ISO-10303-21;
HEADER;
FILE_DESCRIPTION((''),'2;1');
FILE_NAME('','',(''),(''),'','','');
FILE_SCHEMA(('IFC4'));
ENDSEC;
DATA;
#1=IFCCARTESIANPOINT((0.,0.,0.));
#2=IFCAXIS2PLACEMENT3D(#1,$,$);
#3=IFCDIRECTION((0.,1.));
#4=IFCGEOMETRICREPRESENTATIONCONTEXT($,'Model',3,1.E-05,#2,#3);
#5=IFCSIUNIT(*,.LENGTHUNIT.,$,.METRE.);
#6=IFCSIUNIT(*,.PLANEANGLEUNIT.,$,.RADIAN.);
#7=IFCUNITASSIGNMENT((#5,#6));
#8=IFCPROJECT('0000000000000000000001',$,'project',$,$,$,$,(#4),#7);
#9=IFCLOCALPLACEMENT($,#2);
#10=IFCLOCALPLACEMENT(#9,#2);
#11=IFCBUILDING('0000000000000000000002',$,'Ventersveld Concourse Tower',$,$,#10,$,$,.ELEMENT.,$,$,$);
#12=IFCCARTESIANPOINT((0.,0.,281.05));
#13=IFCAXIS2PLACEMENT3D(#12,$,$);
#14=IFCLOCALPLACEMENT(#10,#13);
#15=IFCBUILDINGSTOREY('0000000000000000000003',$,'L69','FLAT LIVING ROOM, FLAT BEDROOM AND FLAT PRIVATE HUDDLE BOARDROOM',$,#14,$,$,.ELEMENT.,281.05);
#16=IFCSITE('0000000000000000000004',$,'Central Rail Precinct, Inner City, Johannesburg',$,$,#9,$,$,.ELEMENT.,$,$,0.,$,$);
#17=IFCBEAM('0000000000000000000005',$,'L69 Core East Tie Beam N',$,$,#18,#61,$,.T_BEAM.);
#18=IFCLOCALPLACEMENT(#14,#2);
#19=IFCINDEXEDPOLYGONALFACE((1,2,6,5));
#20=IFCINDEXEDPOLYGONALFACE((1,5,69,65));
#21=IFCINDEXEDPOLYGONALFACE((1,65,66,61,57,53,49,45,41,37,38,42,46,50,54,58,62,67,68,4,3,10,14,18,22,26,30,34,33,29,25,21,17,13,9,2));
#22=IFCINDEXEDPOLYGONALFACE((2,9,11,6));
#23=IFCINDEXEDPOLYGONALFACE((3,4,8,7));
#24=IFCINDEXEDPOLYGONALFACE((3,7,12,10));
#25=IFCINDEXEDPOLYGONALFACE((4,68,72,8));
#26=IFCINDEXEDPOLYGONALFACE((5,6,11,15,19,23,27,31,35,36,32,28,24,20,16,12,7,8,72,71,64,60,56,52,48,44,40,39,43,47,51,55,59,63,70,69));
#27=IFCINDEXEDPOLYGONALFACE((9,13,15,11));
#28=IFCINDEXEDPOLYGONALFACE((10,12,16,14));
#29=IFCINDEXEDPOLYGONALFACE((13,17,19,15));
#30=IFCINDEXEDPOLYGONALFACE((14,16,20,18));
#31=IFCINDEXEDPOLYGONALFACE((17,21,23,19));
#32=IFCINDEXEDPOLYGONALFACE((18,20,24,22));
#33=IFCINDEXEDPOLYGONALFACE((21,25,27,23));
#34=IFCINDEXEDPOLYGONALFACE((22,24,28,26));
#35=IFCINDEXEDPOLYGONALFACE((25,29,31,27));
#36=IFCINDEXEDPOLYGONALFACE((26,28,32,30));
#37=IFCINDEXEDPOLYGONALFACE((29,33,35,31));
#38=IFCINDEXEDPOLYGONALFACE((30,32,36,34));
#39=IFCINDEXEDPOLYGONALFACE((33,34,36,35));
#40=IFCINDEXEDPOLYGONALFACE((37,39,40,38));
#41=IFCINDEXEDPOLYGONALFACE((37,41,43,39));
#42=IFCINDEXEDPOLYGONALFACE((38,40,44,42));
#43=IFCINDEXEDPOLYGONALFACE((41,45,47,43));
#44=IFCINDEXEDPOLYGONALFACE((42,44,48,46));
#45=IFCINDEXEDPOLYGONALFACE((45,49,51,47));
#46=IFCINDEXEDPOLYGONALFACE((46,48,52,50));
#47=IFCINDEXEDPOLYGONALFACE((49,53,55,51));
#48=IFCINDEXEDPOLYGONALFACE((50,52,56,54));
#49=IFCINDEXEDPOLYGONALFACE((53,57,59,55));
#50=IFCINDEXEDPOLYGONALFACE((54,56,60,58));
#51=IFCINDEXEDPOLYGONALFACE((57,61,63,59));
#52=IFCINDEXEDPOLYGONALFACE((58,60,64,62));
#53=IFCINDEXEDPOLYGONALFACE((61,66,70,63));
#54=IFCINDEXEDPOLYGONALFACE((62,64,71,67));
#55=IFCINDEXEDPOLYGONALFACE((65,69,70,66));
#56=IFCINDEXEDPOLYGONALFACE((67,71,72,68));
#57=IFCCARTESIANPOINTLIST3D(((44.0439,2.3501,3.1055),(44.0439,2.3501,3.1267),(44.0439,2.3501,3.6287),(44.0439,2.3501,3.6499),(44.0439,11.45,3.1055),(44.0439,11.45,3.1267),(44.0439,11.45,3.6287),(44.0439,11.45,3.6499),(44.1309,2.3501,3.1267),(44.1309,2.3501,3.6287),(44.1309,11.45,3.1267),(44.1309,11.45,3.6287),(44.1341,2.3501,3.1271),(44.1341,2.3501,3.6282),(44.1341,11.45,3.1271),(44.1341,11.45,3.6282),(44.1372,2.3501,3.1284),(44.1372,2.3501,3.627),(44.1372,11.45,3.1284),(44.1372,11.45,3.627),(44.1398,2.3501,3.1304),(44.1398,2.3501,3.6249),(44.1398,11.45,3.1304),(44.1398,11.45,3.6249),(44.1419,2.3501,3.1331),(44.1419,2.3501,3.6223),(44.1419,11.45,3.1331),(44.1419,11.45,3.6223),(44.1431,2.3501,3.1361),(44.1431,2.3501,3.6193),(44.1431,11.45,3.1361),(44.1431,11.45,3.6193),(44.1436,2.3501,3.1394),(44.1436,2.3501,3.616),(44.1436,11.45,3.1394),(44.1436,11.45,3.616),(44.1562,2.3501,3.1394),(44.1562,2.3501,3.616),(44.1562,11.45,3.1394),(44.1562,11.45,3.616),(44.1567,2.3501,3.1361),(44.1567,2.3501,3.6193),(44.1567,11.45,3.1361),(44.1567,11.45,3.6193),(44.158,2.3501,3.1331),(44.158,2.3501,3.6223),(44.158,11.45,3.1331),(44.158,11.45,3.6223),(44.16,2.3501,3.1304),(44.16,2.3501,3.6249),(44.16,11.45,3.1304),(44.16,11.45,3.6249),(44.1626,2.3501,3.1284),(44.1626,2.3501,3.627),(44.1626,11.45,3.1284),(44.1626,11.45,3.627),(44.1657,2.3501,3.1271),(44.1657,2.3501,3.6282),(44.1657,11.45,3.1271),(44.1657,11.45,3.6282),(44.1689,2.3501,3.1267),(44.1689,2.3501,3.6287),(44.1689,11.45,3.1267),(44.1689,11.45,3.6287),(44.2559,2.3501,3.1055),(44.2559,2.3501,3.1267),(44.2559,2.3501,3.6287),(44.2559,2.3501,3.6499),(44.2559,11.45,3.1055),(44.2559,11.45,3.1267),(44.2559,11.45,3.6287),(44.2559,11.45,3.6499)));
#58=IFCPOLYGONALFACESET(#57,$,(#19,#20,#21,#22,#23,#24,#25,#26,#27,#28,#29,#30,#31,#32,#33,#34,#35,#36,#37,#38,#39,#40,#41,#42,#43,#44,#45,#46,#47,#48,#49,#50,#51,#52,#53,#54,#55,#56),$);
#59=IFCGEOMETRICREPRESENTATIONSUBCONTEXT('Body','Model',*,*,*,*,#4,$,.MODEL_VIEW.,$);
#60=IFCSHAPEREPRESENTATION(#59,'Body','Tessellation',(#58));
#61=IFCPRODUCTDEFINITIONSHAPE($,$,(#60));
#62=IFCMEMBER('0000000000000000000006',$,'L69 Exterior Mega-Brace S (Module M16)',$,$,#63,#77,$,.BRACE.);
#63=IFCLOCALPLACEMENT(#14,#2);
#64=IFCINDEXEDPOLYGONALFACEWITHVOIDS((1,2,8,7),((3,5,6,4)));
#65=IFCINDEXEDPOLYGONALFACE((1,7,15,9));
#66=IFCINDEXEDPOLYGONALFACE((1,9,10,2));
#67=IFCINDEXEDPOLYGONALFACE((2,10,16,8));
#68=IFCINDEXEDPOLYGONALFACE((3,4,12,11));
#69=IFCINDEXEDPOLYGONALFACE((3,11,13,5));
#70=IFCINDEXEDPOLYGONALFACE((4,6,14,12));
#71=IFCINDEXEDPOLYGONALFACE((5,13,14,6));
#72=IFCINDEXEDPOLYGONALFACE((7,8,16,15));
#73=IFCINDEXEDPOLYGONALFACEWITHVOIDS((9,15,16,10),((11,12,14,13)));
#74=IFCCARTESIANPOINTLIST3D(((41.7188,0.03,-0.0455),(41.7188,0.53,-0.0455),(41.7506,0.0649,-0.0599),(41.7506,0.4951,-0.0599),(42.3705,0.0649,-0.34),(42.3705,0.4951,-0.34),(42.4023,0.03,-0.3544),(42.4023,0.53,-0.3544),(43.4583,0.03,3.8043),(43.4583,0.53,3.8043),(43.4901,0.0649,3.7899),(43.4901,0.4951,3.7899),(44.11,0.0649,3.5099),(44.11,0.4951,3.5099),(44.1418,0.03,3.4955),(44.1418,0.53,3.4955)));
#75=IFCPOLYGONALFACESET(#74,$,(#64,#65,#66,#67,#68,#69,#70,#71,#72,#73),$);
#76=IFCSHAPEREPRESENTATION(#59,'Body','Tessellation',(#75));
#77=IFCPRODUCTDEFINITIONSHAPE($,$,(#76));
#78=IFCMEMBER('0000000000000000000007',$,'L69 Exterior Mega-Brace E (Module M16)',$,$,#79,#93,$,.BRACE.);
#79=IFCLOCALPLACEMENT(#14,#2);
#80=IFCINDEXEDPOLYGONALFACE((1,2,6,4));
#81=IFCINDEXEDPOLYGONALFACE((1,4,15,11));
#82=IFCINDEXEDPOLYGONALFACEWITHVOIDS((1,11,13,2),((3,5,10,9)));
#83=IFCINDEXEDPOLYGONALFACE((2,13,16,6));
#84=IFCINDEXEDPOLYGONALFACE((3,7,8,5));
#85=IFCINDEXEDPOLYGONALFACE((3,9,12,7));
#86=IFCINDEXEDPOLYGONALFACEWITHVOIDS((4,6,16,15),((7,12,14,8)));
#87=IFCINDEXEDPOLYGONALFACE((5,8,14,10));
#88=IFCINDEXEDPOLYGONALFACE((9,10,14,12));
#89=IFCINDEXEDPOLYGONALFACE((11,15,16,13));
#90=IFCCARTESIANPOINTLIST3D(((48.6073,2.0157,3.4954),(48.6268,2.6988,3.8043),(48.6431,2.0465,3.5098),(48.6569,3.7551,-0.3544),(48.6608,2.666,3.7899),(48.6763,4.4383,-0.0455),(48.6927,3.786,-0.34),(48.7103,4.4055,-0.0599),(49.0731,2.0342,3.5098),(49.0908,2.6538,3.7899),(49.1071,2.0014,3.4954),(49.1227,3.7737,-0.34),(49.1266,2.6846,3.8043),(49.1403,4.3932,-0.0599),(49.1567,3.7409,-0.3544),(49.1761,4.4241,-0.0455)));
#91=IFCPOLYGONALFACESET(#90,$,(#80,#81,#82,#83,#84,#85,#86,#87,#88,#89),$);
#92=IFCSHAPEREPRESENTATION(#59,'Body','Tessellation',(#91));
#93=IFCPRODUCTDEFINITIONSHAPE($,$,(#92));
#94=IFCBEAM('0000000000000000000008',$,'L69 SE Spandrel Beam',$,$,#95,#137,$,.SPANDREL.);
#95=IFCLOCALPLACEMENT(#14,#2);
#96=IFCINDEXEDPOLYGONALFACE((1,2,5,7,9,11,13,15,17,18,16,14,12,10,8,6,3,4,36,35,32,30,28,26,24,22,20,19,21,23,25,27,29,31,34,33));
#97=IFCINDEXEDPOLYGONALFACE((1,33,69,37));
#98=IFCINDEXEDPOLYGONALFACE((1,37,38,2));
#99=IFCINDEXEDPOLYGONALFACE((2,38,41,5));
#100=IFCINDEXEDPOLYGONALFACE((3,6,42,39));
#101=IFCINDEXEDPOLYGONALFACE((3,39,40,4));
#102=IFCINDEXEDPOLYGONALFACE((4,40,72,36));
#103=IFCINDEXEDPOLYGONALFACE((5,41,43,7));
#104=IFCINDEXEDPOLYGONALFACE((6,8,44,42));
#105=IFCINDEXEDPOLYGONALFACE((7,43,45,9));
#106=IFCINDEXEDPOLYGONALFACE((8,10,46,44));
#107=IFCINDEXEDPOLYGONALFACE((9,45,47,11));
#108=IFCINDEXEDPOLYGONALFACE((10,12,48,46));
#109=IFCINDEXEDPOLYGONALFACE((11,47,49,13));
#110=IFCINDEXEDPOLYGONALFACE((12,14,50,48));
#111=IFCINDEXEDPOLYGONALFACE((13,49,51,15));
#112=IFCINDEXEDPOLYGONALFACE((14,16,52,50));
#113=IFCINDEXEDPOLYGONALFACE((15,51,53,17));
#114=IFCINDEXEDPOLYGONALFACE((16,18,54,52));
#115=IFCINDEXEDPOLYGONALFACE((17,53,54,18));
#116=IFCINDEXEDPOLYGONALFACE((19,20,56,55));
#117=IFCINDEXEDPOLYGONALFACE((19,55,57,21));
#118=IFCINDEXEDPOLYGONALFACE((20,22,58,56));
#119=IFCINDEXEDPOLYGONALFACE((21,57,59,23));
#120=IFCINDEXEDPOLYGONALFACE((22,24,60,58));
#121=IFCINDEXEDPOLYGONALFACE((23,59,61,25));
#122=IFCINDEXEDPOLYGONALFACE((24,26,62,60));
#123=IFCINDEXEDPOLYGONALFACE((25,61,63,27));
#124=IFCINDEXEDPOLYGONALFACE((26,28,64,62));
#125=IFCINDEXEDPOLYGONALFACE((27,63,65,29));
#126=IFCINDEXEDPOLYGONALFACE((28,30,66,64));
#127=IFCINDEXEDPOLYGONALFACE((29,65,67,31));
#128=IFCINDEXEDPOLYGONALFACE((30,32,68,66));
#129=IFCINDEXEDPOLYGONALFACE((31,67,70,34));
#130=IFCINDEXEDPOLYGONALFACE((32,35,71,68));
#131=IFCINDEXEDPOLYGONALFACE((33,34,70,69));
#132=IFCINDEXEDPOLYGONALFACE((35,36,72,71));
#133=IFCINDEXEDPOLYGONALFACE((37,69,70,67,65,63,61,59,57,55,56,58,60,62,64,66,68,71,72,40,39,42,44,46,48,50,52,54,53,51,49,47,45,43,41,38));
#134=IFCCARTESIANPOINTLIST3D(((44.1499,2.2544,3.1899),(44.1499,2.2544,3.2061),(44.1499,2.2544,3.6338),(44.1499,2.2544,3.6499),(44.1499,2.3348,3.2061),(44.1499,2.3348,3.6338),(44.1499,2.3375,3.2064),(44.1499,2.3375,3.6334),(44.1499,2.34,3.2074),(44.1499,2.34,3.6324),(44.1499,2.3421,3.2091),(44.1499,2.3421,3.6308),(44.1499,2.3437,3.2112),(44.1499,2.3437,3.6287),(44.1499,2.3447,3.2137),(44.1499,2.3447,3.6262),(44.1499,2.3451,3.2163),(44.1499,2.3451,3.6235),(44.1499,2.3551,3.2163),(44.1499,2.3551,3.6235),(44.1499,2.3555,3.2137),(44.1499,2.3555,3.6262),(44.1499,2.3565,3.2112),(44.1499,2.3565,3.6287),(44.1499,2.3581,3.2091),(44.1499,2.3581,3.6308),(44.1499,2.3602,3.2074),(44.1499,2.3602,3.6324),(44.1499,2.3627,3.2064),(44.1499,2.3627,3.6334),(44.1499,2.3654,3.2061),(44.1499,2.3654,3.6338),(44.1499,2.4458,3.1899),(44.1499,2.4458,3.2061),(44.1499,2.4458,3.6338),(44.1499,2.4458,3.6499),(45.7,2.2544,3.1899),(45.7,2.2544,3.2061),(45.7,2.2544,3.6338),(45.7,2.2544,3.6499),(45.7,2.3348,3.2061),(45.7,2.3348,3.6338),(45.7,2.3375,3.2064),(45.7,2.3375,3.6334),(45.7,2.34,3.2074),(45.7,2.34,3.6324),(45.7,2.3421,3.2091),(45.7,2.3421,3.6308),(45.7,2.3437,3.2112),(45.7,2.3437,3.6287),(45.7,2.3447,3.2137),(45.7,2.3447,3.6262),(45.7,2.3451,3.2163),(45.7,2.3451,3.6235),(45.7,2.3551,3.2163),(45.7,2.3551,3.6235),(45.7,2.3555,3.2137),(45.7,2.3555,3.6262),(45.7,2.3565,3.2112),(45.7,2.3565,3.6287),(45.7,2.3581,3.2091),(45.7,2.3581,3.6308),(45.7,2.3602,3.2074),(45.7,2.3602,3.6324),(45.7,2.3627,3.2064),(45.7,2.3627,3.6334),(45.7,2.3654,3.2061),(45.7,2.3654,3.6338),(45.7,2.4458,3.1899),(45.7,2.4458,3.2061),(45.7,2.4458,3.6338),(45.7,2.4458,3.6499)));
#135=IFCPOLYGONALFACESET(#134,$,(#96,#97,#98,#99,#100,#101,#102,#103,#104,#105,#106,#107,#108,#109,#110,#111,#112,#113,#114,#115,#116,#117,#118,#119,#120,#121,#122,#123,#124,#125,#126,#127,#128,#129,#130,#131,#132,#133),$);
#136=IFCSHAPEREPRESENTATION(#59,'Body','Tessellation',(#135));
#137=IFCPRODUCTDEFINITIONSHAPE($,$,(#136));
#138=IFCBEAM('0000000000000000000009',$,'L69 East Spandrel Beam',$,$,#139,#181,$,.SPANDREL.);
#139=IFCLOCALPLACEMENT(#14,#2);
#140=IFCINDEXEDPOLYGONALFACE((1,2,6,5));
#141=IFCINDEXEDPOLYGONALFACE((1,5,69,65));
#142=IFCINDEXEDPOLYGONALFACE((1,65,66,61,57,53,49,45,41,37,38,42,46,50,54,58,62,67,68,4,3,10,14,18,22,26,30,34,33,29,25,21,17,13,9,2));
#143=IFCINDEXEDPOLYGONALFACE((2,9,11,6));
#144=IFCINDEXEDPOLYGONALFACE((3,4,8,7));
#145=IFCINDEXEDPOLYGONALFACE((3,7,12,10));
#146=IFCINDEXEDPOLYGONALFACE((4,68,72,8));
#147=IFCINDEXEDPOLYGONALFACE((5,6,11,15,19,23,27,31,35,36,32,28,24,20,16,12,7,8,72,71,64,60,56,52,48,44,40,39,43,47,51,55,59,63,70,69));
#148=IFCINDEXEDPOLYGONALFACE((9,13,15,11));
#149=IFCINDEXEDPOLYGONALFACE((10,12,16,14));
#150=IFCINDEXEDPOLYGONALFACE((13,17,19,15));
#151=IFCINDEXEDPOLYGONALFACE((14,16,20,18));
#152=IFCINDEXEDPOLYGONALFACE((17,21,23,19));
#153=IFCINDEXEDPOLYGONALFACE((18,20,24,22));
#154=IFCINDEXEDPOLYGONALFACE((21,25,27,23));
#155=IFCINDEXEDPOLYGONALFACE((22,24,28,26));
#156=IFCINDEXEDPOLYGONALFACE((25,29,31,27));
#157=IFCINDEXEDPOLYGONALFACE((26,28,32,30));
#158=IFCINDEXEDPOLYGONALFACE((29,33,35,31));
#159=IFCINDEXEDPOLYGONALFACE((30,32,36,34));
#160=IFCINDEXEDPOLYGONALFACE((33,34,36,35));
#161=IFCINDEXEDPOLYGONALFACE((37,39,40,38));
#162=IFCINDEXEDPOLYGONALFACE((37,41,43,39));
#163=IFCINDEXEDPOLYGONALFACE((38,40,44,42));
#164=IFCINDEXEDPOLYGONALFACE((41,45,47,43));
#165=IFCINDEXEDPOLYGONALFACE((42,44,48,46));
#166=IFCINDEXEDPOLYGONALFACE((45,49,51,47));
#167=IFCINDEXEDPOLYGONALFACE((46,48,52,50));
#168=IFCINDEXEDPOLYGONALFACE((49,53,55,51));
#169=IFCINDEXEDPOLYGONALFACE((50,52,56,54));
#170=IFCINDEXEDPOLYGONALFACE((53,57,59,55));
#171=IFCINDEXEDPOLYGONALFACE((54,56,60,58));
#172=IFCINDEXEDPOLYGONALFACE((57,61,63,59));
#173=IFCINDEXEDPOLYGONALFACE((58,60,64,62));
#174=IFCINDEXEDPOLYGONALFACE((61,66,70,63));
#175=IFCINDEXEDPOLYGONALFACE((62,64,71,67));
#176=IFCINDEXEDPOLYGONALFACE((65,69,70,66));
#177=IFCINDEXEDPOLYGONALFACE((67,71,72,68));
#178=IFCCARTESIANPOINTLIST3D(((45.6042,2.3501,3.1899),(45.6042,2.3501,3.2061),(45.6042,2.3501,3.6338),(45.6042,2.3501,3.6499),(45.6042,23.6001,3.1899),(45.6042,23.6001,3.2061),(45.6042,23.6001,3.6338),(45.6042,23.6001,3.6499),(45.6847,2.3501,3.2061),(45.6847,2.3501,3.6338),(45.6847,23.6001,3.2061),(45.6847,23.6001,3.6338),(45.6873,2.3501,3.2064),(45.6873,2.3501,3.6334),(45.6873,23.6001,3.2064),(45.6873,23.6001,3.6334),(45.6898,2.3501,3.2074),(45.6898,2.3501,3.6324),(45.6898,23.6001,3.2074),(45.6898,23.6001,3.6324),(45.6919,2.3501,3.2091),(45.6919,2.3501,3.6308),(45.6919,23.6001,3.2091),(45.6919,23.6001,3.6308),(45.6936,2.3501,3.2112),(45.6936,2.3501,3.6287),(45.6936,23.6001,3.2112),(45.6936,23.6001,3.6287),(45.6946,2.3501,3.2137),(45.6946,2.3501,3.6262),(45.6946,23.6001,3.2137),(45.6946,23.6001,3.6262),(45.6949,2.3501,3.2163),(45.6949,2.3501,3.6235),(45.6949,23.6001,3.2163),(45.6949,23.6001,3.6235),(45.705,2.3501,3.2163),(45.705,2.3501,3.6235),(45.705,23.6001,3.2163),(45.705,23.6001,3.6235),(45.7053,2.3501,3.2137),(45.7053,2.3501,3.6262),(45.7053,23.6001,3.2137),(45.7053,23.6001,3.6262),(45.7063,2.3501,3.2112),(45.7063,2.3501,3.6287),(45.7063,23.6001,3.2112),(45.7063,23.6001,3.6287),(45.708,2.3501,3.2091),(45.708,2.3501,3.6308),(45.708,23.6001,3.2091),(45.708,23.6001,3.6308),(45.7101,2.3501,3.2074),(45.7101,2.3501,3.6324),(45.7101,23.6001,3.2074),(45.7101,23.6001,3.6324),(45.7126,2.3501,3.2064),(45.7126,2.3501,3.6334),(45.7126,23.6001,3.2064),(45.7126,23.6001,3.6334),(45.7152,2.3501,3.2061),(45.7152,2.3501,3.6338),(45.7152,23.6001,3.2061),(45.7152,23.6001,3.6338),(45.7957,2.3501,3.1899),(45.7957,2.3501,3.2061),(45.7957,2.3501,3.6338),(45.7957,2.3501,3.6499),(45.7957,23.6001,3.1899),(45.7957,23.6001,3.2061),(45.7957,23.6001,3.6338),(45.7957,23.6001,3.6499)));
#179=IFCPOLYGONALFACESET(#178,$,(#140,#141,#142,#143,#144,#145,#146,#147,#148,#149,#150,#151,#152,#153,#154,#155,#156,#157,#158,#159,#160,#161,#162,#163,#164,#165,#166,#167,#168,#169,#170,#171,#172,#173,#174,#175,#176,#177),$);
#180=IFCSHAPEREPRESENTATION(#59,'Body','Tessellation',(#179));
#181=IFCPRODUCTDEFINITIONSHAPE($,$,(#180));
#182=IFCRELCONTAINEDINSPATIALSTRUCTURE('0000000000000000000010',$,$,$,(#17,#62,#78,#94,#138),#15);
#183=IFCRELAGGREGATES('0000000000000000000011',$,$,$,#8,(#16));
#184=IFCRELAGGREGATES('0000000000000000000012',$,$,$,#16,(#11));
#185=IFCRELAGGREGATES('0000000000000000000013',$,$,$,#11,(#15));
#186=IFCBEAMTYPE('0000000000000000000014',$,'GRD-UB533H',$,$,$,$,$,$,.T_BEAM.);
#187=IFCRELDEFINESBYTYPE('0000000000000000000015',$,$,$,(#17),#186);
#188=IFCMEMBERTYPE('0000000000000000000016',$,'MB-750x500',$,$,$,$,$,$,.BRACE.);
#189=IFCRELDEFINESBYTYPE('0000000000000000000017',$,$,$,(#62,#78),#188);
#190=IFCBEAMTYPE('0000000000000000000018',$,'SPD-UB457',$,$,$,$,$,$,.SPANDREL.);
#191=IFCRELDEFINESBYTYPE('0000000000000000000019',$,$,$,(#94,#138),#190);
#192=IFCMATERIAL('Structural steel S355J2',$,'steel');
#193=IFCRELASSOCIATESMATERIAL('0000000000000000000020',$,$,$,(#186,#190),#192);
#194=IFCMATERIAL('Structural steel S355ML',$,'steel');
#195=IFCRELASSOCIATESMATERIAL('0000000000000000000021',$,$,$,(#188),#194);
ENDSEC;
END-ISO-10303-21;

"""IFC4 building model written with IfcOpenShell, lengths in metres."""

from ifc_helpers import new_model, si_unit, direction, frame, origin, origin_2d, place, context, subcontext, project, spatial, hollow_rectangle, i_section, extrude, material, material_profile, profile_set, type_object, element, save


model = new_model("IFC4")

# Units and contexts
model_context = context("Model", 3, precision=1e-05, world=origin(), true_north=direction((0.0, 1.0)))
body_context = subcontext(model_context, "Body", "Model", "MODEL_VIEW")
ifc_project = project(units=[si_unit("LENGTHUNIT", "METRE"), si_unit("PLANEANGLEUNIT", "RADIAN")], contexts=[model_context])

# Site, building, storey
site_placement = place(None, origin())
site = spatial("IfcSite", under=ifc_project, at=site_placement, Name="Central Rail Precinct, Inner City, Johannesburg", CompositionType="ELEMENT", RefElevation=0.0)
building_placement = place(site_placement, origin())
building = spatial("IfcBuilding", under=site, at=building_placement, Name="Ventersveld Concourse Tower", CompositionType="ELEMENT")
storey_placement = place(building_placement, frame((0.0, 0.0, 281.05)))
storey = spatial("IfcBuildingStorey", under=building, at=storey_placement, Name="L69", Description="FLAT LIVING ROOM, FLAT BEDROOM AND FLAT PRIVATE HUDDLE BOARDROOM", CompositionType="ELEMENT", Elevation=281.05)

# Beam
ifc_material_1 = material(Name="Structural steel S355J2", Category="steel")
ifc_material_profile_1 = material_profile(ifc_material_1, i_section(OverallWidth=0.2119, OverallDepth=0.5444, WebThickness=0.0127, FlangeThickness=0.0212, FilletRadius=0.0127, at=origin_2d()), Name="UB 533x210x122")
ifc_profile_set_1 = profile_set([ifc_material_profile_1], Name="Structural steel S355J2")
beam_type_1 = type_object("IfcBeamType", Name="GRD-UB533H", PredefinedType="T_BEAM", material=ifc_profile_set_1)
beam_1_placement = place(storey_placement, frame((44.1499, 2.3501, 3.3777), z_axis=(0.0, 1.0, 0.0), x_axis=(-1.0, 0.0, 0.0)))
element("IfcBeam", 1, at=beam_1_placement, inside=storey, type_object=beam_type_1, Name="L69 Core East Tie Beam N", PredefinedType="T_BEAM", context=body_context, shape_type="SweptSolid", body=[
    extrude(i_section(OverallWidth=0.2119, OverallDepth=0.5444, WebThickness=0.0127, FlangeThickness=0.0212, FilletRadius=0.0127, at=origin_2d()), origin(), (0.0, 0.0, 1.0), 9.0999),
])

# Members
ifc_material_2 = material(Name="Structural steel S355ML", Category="steel")
ifc_material_profile_2 = material_profile(ifc_material_2, hollow_rectangle(XDim=0.5, YDim=0.75, WallThickness=0.0349, at=origin_2d()), Name="BOX 750x500x35")
ifc_profile_set_2 = profile_set([ifc_material_profile_2], Name="Structural steel S355ML")
member_type = type_object("IfcMemberType", Name="MB-750x500", PredefinedType="BRACE", material=ifc_profile_set_2)
member_1_placement = place(storey_placement, frame((42.0605, 0.28, -0.2), z_axis=(0.411755, 0.0, 0.911294), x_axis=(0.0, 1.0, 0.0)))
element("IfcMember", 2, at=member_1_placement, inside=storey, type_object=member_type, Name="L69 Exterior Mega-Brace S (Module M16)", PredefinedType="BRACE", context=body_context, shape_type="SweptSolid", body=[
    extrude(hollow_rectangle(XDim=0.5, YDim=0.75, WallThickness=0.0349, at=origin_2d()), origin(), (0.0, 0.0, 1.0), 4.2246),
])
member_2_placement = place(storey_placement, frame((48.9165, 4.0896, -0.2), z_axis=(-0.011731, -0.411727, 0.911232), x_axis=(0.999594, -0.02848, 0.0)))
element("IfcMember", 3, at=member_2_placement, inside=storey, type_object=member_type, Name="L69 Exterior Mega-Brace E (Module M16)", PredefinedType="BRACE", context=body_context, shape_type="SweptSolid", body=[
    extrude(hollow_rectangle(XDim=0.5, YDim=0.75, WallThickness=0.0349, at=origin_2d()), origin(), (0.0, 0.0, 1.0), 4.2249),
])

# Beams
ifc_material_profile_3 = material_profile(ifc_material_1, i_section(OverallWidth=0.1914, OverallDepth=0.46, WebThickness=0.01, FlangeThickness=0.0161, FilletRadius=0.0103, at=origin_2d()), Name="UB 457x191x82")
ifc_profile_set_3 = profile_set([ifc_material_profile_3], Name="Structural steel S355J2")
beam_type_2 = type_object("IfcBeamType", Name="SPD-UB457", PredefinedType="SPANDREL", material=ifc_profile_set_3)
beam_2_placement = place(storey_placement, frame((44.1499, 2.3501, 3.4199), z_axis=(1.0, 0.0, 0.0), x_axis=(0.0, 1.0, 0.0)))
element("IfcBeam", 4, at=beam_2_placement, inside=storey, type_object=beam_type_2, Name="L69 SE Spandrel Beam", PredefinedType="SPANDREL", context=body_context, shape_type="SweptSolid", body=[
    extrude(i_section(OverallWidth=0.1914, OverallDepth=0.46, WebThickness=0.01, FlangeThickness=0.0161, FilletRadius=0.0103, at=origin_2d()), origin(), (0.0, 0.0, 1.0), 1.55),
])
beam_3_placement = place(storey_placement, frame((45.7, 2.3501, 3.4199), z_axis=(0.0, 1.0, 0.0), x_axis=(-1.0, 0.0, 0.0)))
element("IfcBeam", 5, at=beam_3_placement, inside=storey, type_object=beam_type_2, Name="L69 East Spandrel Beam", PredefinedType="SPANDREL", context=body_context, shape_type="SweptSolid", body=[
    extrude(i_section(OverallWidth=0.1914, OverallDepth=0.46, WebThickness=0.01, FlangeThickness=0.0161, FilletRadius=0.0103, at=origin_2d()), origin(), (0.0, 0.0, 1.0), 21.25),
])

save(model, "model.ifc")
